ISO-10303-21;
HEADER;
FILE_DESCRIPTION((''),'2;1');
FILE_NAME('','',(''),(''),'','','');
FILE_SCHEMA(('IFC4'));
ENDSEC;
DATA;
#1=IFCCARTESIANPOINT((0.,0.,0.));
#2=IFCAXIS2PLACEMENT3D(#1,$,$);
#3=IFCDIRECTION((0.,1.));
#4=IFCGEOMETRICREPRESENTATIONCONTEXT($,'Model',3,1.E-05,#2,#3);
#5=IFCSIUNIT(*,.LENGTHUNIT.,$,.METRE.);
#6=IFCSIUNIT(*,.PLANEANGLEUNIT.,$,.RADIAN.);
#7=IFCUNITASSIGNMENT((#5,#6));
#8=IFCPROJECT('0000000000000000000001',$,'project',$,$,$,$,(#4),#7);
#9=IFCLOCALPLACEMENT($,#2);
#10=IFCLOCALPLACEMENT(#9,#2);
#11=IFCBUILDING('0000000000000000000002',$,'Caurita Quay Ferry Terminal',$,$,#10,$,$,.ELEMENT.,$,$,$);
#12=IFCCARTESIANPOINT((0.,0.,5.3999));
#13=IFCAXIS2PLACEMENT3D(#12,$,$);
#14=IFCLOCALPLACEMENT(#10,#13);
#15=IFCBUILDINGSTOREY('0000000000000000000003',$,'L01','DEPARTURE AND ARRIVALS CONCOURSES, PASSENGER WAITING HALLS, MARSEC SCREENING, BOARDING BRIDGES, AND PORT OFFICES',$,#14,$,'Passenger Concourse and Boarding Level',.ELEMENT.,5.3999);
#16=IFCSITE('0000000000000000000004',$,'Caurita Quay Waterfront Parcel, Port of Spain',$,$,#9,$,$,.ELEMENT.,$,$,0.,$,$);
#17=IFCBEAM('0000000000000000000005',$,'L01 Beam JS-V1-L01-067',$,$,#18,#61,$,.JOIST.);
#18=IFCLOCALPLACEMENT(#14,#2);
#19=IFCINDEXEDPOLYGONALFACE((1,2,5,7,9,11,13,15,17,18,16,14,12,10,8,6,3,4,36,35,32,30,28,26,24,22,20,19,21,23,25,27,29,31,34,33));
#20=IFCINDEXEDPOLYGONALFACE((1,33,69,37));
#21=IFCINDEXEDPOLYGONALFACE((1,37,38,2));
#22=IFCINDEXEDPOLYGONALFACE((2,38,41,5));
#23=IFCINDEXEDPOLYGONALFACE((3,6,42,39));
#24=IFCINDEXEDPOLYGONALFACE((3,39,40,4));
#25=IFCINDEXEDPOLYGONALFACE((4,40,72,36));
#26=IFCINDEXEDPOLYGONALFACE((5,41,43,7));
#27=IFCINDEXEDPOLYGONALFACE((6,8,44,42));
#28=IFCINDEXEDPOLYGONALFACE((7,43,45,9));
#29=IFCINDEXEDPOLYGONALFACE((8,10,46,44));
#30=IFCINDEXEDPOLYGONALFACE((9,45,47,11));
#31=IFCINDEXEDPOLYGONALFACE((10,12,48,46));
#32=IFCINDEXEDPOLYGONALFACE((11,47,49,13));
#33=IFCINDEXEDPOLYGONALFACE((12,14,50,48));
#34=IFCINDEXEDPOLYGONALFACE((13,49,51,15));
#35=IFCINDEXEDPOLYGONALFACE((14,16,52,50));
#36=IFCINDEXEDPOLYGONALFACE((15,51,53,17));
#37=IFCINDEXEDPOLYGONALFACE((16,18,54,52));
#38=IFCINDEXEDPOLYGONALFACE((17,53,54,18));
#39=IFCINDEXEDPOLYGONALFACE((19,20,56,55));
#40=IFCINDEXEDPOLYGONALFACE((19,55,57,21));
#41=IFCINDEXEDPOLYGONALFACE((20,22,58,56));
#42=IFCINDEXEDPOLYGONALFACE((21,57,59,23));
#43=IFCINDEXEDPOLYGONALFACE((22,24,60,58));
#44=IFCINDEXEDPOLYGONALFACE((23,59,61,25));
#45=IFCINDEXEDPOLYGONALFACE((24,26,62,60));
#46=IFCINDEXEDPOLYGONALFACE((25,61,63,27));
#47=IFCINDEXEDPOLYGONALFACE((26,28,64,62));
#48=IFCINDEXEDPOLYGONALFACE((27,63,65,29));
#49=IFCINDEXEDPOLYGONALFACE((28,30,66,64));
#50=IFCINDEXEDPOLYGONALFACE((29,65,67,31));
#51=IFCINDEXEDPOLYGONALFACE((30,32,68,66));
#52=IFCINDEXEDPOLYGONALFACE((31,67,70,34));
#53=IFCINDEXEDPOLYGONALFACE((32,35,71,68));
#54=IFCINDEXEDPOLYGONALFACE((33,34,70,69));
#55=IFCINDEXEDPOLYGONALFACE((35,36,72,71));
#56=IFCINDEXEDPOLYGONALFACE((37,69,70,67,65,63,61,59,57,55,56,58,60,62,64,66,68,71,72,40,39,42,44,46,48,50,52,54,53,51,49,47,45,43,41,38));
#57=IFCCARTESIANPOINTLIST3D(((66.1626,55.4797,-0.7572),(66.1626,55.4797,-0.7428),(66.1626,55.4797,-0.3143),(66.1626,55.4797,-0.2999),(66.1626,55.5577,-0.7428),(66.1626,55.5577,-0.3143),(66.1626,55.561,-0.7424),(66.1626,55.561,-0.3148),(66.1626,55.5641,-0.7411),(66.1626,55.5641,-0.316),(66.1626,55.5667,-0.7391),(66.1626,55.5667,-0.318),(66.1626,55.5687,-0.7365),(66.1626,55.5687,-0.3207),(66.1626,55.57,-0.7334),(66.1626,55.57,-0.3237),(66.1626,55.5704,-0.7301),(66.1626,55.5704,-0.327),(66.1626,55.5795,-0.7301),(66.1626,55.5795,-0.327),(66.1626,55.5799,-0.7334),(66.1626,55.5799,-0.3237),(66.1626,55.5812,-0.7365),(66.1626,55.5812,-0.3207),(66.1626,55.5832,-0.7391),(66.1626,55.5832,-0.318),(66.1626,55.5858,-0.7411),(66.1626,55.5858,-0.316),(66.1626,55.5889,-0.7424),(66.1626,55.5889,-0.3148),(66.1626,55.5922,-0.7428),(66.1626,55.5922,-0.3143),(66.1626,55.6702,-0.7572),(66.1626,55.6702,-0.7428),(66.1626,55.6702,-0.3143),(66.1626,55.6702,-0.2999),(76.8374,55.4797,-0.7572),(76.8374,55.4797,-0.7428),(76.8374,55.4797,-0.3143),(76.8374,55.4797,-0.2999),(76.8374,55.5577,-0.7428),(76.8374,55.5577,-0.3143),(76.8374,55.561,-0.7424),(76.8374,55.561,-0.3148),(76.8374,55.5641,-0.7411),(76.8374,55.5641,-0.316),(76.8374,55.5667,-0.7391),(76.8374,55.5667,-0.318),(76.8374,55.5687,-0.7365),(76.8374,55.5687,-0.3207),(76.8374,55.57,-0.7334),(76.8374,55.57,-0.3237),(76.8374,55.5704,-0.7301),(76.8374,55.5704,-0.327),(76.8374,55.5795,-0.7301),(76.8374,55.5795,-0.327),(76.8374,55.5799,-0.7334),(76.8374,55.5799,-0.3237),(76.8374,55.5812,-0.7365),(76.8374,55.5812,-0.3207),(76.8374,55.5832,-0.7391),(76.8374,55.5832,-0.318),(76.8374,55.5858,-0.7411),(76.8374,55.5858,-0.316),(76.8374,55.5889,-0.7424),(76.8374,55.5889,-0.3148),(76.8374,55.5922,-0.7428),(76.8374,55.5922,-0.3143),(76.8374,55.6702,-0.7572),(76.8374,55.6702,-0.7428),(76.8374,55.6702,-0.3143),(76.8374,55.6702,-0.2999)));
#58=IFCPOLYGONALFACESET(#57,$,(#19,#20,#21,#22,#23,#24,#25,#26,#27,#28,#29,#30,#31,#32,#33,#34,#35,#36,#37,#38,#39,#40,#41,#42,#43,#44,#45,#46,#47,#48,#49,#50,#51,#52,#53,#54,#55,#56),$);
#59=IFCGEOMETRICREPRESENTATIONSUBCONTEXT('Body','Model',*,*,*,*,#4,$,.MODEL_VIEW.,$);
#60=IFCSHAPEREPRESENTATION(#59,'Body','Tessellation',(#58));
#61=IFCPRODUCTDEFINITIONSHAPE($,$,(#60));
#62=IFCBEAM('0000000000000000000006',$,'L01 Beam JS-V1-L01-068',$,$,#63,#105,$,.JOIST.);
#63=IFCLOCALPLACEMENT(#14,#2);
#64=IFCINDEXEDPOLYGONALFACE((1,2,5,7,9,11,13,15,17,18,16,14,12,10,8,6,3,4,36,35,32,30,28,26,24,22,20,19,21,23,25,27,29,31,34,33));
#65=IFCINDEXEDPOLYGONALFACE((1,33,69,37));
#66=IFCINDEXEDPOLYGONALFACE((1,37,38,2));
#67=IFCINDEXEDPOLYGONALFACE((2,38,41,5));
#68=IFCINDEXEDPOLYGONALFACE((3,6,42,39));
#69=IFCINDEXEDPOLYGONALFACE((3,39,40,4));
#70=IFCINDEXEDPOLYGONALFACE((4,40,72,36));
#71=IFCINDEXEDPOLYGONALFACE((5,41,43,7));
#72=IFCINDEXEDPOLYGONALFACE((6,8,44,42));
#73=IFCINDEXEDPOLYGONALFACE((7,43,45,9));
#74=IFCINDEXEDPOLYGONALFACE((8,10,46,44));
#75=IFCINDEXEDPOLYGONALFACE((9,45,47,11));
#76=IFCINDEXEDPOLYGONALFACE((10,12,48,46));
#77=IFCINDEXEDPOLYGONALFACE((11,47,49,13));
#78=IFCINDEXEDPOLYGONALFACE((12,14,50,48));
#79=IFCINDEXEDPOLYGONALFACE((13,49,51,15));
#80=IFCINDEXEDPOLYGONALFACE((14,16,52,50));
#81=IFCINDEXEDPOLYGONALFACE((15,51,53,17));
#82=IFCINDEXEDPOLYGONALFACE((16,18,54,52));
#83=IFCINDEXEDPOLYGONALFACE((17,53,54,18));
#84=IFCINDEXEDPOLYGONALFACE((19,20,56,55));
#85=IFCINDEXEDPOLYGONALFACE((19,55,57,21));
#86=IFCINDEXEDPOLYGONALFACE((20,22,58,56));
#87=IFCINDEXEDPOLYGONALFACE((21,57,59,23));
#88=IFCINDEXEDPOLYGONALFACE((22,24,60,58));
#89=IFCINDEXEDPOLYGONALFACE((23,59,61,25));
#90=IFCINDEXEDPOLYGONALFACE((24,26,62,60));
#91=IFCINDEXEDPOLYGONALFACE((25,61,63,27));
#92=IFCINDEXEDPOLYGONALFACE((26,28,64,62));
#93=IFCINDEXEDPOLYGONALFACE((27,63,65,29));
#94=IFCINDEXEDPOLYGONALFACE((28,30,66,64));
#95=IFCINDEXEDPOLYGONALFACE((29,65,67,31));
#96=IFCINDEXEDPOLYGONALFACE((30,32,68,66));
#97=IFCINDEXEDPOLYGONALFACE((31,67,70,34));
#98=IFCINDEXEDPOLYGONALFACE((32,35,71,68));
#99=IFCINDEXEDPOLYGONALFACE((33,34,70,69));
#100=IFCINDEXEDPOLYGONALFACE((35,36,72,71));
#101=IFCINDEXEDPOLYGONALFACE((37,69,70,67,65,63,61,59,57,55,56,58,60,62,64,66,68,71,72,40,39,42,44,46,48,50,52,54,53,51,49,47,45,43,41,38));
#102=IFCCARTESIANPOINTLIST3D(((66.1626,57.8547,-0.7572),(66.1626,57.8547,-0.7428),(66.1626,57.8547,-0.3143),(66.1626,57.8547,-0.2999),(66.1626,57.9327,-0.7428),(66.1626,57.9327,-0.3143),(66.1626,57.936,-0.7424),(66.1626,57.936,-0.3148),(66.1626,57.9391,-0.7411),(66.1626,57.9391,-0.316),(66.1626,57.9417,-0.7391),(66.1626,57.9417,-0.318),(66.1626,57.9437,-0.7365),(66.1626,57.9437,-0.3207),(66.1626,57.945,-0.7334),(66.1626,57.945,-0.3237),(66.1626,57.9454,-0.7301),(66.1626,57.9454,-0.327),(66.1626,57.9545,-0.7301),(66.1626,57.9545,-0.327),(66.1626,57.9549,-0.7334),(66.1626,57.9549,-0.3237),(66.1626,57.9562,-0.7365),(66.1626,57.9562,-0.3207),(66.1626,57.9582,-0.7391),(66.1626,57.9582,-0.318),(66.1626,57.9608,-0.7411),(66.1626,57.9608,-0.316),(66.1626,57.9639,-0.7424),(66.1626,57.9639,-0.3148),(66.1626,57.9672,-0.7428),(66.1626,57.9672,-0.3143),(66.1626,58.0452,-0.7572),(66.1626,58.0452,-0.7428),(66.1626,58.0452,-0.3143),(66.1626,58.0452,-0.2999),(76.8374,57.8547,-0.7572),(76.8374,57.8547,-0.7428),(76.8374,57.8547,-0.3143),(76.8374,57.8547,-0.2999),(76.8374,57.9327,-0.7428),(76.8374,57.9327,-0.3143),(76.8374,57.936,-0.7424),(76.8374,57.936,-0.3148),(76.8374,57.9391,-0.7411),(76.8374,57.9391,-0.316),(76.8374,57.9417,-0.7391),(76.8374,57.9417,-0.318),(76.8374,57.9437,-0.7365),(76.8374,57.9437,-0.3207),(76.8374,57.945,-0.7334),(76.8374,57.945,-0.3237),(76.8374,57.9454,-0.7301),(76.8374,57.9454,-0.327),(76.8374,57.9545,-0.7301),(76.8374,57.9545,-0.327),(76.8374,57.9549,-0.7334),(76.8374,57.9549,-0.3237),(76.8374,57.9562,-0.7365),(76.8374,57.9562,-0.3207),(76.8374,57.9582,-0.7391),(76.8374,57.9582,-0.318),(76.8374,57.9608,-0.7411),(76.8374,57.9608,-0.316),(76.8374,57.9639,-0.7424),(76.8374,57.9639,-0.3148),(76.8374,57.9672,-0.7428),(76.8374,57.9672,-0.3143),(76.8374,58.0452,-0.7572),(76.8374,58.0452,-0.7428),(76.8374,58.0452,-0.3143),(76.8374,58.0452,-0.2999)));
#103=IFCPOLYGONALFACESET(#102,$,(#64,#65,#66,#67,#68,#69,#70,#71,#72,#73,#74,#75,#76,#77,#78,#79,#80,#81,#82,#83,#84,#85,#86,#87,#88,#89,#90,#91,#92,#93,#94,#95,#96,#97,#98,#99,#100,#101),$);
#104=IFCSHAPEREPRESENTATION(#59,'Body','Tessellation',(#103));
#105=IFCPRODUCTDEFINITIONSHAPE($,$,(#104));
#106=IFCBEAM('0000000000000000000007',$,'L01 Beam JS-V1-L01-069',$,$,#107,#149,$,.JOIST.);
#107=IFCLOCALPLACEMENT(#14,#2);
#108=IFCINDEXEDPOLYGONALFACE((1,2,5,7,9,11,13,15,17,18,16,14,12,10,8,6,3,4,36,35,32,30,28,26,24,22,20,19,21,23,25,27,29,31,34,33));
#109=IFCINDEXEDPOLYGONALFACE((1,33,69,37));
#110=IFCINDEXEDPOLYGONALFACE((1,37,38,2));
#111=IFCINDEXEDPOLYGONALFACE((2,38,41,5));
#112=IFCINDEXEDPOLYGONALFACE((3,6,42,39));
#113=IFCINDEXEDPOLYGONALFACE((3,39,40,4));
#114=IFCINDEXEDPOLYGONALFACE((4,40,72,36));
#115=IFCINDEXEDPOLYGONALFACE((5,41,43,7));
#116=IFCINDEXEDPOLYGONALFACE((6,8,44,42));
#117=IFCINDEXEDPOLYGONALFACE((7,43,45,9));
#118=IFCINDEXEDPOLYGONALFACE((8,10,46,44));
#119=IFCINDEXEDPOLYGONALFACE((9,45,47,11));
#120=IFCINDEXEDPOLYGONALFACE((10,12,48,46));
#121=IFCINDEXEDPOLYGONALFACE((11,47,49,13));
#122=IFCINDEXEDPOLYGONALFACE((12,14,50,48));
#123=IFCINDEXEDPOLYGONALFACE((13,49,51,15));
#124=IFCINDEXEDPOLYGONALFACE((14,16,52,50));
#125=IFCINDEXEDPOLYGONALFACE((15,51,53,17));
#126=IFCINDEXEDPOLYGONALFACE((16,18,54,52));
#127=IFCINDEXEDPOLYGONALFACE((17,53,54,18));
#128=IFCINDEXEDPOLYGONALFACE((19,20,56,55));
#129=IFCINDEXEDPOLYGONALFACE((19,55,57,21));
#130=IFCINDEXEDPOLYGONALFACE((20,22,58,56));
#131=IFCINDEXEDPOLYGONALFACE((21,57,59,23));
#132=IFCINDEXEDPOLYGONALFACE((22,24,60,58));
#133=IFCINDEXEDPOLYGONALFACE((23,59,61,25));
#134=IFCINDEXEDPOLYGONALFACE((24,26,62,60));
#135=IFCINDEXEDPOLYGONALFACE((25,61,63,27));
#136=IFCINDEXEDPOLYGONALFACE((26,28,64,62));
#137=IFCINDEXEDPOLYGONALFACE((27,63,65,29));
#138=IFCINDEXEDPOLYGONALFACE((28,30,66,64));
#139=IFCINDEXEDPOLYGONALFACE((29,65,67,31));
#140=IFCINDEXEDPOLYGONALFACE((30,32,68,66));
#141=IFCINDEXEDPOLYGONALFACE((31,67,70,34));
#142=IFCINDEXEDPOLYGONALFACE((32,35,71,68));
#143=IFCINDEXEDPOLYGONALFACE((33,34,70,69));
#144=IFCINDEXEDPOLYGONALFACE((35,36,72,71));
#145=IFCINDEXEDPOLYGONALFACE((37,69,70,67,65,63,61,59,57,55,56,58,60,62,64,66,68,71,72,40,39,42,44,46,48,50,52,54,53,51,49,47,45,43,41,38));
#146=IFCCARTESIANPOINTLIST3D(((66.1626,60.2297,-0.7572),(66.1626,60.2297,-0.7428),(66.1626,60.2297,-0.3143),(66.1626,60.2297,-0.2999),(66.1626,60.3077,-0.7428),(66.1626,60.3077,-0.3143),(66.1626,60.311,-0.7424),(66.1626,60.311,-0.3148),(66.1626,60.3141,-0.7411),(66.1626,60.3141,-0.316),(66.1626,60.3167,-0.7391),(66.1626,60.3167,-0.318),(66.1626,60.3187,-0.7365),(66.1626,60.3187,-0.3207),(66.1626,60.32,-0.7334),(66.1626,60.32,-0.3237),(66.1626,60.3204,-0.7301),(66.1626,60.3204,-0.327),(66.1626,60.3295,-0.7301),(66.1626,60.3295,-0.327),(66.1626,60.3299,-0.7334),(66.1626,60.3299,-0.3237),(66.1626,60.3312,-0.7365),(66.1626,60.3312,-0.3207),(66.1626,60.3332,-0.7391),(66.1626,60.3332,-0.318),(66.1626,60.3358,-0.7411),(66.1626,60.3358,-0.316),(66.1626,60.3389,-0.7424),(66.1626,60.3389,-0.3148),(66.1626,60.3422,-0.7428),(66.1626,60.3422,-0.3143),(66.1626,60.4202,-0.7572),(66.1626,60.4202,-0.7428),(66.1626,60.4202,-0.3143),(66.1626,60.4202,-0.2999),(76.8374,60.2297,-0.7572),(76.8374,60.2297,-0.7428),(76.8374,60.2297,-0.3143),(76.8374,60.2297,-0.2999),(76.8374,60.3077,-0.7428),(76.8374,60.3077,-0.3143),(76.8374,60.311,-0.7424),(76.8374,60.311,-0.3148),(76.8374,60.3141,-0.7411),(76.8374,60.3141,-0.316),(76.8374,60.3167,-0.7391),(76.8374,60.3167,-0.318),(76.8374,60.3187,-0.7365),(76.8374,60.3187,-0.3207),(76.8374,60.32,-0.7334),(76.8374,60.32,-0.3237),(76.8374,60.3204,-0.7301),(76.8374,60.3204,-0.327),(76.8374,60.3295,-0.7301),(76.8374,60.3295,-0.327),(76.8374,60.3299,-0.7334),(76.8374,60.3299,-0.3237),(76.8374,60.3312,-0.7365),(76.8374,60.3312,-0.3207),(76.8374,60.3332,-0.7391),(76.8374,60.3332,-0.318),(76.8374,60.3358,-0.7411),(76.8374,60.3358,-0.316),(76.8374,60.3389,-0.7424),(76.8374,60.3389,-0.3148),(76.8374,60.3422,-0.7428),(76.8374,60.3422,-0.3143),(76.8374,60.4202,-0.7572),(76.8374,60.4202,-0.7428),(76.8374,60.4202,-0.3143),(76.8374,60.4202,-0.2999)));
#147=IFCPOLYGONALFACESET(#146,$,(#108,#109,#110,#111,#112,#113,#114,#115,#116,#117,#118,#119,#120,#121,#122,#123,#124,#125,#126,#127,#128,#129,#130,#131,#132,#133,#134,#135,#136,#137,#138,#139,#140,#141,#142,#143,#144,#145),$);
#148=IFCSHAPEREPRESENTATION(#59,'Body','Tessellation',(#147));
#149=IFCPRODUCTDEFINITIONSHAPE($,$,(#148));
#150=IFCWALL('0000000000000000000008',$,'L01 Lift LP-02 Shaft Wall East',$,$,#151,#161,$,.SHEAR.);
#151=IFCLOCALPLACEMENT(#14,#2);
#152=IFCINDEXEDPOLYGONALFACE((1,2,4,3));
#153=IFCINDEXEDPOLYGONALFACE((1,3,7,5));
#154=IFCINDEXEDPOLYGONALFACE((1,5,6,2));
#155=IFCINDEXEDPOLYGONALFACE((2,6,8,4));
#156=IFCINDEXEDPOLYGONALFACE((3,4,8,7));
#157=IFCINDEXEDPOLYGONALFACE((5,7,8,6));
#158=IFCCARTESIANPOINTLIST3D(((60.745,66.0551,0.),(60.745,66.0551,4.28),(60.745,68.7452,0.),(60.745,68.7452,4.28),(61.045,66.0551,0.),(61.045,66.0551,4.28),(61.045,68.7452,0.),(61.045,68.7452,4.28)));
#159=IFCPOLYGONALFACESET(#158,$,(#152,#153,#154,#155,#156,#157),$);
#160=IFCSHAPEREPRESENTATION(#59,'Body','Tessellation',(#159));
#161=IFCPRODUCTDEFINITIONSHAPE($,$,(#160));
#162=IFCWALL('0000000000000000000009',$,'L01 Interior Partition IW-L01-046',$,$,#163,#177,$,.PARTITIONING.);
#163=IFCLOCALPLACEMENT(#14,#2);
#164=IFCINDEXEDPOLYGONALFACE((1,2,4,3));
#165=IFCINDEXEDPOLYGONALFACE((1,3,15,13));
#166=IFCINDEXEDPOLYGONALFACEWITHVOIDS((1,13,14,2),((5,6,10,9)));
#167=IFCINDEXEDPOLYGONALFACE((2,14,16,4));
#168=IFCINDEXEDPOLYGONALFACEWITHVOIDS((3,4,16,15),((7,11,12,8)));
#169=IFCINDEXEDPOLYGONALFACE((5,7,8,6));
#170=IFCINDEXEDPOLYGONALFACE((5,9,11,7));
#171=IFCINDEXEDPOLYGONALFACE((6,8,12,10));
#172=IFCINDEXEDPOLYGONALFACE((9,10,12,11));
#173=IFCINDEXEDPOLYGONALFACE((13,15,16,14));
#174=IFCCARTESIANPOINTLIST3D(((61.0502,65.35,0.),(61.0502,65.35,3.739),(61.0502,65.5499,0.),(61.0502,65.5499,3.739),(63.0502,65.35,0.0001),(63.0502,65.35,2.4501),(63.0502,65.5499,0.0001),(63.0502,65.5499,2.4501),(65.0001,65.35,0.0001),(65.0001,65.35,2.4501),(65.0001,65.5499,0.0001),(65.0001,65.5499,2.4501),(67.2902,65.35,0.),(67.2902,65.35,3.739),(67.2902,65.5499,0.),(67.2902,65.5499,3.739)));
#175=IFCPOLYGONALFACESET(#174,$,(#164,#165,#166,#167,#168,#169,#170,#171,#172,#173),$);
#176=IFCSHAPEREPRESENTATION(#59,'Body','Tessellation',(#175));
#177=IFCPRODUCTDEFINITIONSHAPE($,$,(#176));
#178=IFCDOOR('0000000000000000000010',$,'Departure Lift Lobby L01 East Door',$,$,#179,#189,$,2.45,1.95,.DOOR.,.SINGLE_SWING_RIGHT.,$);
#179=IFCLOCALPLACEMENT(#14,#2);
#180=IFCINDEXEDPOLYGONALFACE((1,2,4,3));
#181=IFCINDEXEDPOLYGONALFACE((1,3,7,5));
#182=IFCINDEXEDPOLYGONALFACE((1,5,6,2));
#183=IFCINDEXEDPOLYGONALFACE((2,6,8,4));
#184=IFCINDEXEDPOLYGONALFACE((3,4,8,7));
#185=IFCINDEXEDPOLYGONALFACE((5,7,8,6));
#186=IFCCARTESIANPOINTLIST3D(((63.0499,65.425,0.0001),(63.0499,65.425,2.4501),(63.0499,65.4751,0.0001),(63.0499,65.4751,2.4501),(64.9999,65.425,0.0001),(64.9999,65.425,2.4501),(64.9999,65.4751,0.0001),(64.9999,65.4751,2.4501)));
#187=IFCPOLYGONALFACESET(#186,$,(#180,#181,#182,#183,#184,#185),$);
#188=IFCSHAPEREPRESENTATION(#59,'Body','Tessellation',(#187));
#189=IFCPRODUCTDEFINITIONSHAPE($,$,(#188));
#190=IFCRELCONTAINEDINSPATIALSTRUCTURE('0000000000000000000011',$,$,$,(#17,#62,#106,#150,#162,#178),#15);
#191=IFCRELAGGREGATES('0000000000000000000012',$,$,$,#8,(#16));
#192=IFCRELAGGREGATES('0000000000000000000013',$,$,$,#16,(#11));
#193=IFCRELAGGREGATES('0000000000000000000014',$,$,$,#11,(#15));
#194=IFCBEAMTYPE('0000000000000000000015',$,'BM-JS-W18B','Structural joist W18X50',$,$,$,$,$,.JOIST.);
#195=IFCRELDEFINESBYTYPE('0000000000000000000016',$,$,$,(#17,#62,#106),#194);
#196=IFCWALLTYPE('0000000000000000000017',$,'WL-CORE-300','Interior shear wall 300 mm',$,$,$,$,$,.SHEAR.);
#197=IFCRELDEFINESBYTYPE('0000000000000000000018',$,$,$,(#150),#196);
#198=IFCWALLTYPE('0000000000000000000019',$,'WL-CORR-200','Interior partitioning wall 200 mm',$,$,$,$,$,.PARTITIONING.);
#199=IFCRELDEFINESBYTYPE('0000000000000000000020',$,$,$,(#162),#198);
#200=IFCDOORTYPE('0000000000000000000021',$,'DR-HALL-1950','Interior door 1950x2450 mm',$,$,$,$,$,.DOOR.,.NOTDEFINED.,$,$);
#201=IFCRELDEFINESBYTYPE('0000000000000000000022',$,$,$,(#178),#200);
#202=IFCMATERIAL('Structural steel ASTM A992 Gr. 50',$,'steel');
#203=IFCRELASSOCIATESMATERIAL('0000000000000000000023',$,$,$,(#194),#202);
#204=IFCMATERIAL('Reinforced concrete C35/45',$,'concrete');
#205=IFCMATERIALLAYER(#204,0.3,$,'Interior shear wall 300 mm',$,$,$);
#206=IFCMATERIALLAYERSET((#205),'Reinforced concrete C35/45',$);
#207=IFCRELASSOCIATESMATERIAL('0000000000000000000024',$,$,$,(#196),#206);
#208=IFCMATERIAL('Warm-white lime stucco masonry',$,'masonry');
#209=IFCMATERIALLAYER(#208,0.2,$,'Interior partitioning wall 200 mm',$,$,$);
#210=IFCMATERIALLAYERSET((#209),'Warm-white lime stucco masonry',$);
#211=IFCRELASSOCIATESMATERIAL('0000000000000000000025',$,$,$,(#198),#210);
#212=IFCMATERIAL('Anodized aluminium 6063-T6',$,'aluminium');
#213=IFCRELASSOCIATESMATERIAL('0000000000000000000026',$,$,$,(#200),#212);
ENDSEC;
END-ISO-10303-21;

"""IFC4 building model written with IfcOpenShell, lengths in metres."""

from ifc_helpers import new_model, si_unit, direction, frame, frame_2d, origin, origin_2d, place, context, subcontext, project, spatial, rectangle, i_section, extrude, material, layer, layer_set, material_profile, profile_set, type_object, element, fill, save


model = new_model("IFC4")

# Units and contexts
model_context = context("Model", 3, precision=1e-05, world=origin(), true_north=direction((0.0, 1.0)))
body_context = subcontext(model_context, "Body", "Model", "MODEL_VIEW")
ifc_project = project(units=[si_unit("LENGTHUNIT", "METRE"), si_unit("PLANEANGLEUNIT", "RADIAN")], contexts=[model_context])

# Site, building, storey
site_placement = place(None, origin())
site = spatial("IfcSite", under=ifc_project, at=site_placement, Name="Caurita Quay Waterfront Parcel, Port of Spain", CompositionType="ELEMENT", RefElevation=0.0)
building_placement = place(site_placement, origin())
building = spatial("IfcBuilding", under=site, at=building_placement, Name="Caurita Quay Ferry Terminal", CompositionType="ELEMENT")
storey_placement = place(building_placement, frame((0.0, 0.0, 5.3999)))
storey = spatial("IfcBuildingStorey", under=building, at=storey_placement, Name="L01", Description="DEPARTURE AND ARRIVALS CONCOURSES, PASSENGER WAITING HALLS, MARSEC SCREENING, BOARDING BRIDGES, AND PORT OFFICES", LongName="Passenger Concourse and Boarding Level", CompositionType="ELEMENT", Elevation=5.3999)

# Beams
ifc_material_1 = material(Name="Structural steel ASTM A992 Gr. 50", Category="steel")
ifc_material_profile_1 = material_profile(ifc_material_1, i_section(OverallWidth=0.1904, OverallDepth=0.4573, WebThickness=0.009, FlangeThickness=0.0144, FilletRadius=0.0127, at=origin_2d()), Name="W18X50")
ifc_profile_set_1 = profile_set([ifc_material_profile_1], Name="Structural steel ASTM A992 Gr. 50")
beam_type_1 = type_object("IfcBeamType", Name="BM-JS-W18B", Description="Structural joist W18X50", PredefinedType="JOIST", material=ifc_profile_set_1)
for number, where, z_axis, x_axis, name in (
    (1, (66.1626, 55.575, -0.5286), (1.0, 0.0, 0.0), (0.0, 1.0, 0.0), "L01 Beam JS-V1-L01-067"),
    (2, (66.1626, 57.95, -0.5286), (1.0, 0.0, 0.0), (0.0, 1.0, 0.0), "L01 Beam JS-V1-L01-068"),
    (3, (66.1626, 60.325, -0.5286), (1.0, 0.0, 0.0), (0.0, 1.0, 0.0), "L01 Beam JS-V1-L01-069"),
):
    element("IfcBeam", number, at=place(storey_placement, frame(where, z_axis=z_axis, x_axis=x_axis)), inside=storey, type_object=beam_type_1, Name=name, PredefinedType="JOIST", context=body_context, shape_type="SweptSolid", body=[
        extrude(i_section(OverallWidth=0.1904, OverallDepth=0.4573, WebThickness=0.009, FlangeThickness=0.0144, FilletRadius=0.0127, at=origin_2d()), origin(), (0.0, 0.0, 1.0), 10.6748),
    ])

# Shared definitions
ifc_material_2 = material(Name="Reinforced concrete C35/45", Category="concrete")
ifc_layer_1 = layer(ifc_material_2, 0.3, Name="Interior shear wall 300 mm")
ifc_layer_set_1 = layer_set([ifc_layer_1], Name="Reinforced concrete C35/45")
wall_type_1 = type_object("IfcWallType", Name="WL-CORE-300", Description="Interior shear wall 300 mm", PredefinedType="SHEAR", material=ifc_layer_set_1)

# Wall
wall_1_placement = place(storey_placement, frame((60.895, 66.0549, 0.0), z_axis=(0.0, 0.0, 1.0), x_axis=(0.0, 1.0, 0.0)))
element("IfcWall", 4, at=wall_1_placement, inside=storey, type_object=wall_type_1, Name="L01 Lift LP-02 Shaft Wall East", PredefinedType="SHEAR", context=body_context, shape_type="SweptSolid", body=[
    extrude(rectangle(XDim=2.6902, YDim=0.3, at=frame_2d((1.3452, 0.0))), origin(), (0.0, 0.0, 1.0), 4.28),
])

# Wall, opening, door
ifc_material_3 = material(Name="Warm-white lime stucco masonry", Category="masonry")
ifc_layer_2 = layer(ifc_material_3, 0.2, Name="Interior partitioning wall 200 mm")
ifc_layer_set_2 = layer_set([ifc_layer_2], Name="Warm-white lime stucco masonry")
wall_type_2 = type_object("IfcWallType", Name="WL-CORR-200", Description="Interior partitioning wall 200 mm", PredefinedType="PARTITIONING", material=ifc_layer_set_2)
wall_2_placement = place(storey_placement, frame((61.05, 65.45, 0.0), z_axis=(0.0, 0.0, 1.0), x_axis=(1.0, 0.0, 0.0)))
wall_2 = element("IfcWall", 5, at=wall_2_placement, inside=storey, type_object=wall_type_2, Name="L01 Interior Partition IW-L01-046", PredefinedType="PARTITIONING", context=body_context, shape_type="SweptSolid", body=[
    extrude(rectangle(XDim=6.24, YDim=0.2, at=frame_2d((3.1201, 0.0))), origin(), (0.0, 0.0, 1.0), 3.739),
])
opening_1_placement = place(wall_2_placement, frame((2.0, 0.0, 0.0)))
opening_1 = element("IfcOpeningElement", 6, at=opening_1_placement, cuts=wall_2, PredefinedType="OPENING", context=body_context, shape_type="SweptSolid", body=[
    extrude(rectangle(XDim=1.95, YDim=2.45, at=frame_2d((0.9751, 1.2251))), frame((0.0, 0.1099, 0.0), z_axis=(0.0, -1.0, 0.0), x_axis=(1.0, 0.0, 0.0)), (0.0, 0.0, 1.0), 0.22),
])
ifc_material_4 = material(Name="Anodized aluminium 6063-T6", Category="aluminium")
door_type_1 = type_object("IfcDoorType", Name="DR-HALL-1950", Description="Interior door 1950x2450 mm", OperationType="NOTDEFINED", PredefinedType="DOOR", material=ifc_material_4)
door_1_placement = place(opening_1_placement, frame((1.95, 0.0, 0.0), z_axis=(0.0, 0.0, 1.0), x_axis=(-1.0, 0.0, 0.0)))
door_1 = element("IfcDoor", 7, at=door_1_placement, inside=storey, type_object=door_type_1, Name="Departure Lift Lobby L01 East Door", OperationType="SINGLE_SWING_RIGHT", OverallHeight=2.45, OverallWidth=1.95, PredefinedType="DOOR", context=body_context, shape_type="SweptSolid", body=[
    extrude(rectangle(XDim=1.95, YDim=2.45, at=frame_2d((0.9751, 1.2251))), frame((0.0, 0.0249, 0.0), z_axis=(0.0, -1.0, 0.0), x_axis=(1.0, 0.0, 0.0)), (0.0, 0.0, 1.0), 0.05),
])
fill(opening_1, door_1)

save(model, "model.ifc")
